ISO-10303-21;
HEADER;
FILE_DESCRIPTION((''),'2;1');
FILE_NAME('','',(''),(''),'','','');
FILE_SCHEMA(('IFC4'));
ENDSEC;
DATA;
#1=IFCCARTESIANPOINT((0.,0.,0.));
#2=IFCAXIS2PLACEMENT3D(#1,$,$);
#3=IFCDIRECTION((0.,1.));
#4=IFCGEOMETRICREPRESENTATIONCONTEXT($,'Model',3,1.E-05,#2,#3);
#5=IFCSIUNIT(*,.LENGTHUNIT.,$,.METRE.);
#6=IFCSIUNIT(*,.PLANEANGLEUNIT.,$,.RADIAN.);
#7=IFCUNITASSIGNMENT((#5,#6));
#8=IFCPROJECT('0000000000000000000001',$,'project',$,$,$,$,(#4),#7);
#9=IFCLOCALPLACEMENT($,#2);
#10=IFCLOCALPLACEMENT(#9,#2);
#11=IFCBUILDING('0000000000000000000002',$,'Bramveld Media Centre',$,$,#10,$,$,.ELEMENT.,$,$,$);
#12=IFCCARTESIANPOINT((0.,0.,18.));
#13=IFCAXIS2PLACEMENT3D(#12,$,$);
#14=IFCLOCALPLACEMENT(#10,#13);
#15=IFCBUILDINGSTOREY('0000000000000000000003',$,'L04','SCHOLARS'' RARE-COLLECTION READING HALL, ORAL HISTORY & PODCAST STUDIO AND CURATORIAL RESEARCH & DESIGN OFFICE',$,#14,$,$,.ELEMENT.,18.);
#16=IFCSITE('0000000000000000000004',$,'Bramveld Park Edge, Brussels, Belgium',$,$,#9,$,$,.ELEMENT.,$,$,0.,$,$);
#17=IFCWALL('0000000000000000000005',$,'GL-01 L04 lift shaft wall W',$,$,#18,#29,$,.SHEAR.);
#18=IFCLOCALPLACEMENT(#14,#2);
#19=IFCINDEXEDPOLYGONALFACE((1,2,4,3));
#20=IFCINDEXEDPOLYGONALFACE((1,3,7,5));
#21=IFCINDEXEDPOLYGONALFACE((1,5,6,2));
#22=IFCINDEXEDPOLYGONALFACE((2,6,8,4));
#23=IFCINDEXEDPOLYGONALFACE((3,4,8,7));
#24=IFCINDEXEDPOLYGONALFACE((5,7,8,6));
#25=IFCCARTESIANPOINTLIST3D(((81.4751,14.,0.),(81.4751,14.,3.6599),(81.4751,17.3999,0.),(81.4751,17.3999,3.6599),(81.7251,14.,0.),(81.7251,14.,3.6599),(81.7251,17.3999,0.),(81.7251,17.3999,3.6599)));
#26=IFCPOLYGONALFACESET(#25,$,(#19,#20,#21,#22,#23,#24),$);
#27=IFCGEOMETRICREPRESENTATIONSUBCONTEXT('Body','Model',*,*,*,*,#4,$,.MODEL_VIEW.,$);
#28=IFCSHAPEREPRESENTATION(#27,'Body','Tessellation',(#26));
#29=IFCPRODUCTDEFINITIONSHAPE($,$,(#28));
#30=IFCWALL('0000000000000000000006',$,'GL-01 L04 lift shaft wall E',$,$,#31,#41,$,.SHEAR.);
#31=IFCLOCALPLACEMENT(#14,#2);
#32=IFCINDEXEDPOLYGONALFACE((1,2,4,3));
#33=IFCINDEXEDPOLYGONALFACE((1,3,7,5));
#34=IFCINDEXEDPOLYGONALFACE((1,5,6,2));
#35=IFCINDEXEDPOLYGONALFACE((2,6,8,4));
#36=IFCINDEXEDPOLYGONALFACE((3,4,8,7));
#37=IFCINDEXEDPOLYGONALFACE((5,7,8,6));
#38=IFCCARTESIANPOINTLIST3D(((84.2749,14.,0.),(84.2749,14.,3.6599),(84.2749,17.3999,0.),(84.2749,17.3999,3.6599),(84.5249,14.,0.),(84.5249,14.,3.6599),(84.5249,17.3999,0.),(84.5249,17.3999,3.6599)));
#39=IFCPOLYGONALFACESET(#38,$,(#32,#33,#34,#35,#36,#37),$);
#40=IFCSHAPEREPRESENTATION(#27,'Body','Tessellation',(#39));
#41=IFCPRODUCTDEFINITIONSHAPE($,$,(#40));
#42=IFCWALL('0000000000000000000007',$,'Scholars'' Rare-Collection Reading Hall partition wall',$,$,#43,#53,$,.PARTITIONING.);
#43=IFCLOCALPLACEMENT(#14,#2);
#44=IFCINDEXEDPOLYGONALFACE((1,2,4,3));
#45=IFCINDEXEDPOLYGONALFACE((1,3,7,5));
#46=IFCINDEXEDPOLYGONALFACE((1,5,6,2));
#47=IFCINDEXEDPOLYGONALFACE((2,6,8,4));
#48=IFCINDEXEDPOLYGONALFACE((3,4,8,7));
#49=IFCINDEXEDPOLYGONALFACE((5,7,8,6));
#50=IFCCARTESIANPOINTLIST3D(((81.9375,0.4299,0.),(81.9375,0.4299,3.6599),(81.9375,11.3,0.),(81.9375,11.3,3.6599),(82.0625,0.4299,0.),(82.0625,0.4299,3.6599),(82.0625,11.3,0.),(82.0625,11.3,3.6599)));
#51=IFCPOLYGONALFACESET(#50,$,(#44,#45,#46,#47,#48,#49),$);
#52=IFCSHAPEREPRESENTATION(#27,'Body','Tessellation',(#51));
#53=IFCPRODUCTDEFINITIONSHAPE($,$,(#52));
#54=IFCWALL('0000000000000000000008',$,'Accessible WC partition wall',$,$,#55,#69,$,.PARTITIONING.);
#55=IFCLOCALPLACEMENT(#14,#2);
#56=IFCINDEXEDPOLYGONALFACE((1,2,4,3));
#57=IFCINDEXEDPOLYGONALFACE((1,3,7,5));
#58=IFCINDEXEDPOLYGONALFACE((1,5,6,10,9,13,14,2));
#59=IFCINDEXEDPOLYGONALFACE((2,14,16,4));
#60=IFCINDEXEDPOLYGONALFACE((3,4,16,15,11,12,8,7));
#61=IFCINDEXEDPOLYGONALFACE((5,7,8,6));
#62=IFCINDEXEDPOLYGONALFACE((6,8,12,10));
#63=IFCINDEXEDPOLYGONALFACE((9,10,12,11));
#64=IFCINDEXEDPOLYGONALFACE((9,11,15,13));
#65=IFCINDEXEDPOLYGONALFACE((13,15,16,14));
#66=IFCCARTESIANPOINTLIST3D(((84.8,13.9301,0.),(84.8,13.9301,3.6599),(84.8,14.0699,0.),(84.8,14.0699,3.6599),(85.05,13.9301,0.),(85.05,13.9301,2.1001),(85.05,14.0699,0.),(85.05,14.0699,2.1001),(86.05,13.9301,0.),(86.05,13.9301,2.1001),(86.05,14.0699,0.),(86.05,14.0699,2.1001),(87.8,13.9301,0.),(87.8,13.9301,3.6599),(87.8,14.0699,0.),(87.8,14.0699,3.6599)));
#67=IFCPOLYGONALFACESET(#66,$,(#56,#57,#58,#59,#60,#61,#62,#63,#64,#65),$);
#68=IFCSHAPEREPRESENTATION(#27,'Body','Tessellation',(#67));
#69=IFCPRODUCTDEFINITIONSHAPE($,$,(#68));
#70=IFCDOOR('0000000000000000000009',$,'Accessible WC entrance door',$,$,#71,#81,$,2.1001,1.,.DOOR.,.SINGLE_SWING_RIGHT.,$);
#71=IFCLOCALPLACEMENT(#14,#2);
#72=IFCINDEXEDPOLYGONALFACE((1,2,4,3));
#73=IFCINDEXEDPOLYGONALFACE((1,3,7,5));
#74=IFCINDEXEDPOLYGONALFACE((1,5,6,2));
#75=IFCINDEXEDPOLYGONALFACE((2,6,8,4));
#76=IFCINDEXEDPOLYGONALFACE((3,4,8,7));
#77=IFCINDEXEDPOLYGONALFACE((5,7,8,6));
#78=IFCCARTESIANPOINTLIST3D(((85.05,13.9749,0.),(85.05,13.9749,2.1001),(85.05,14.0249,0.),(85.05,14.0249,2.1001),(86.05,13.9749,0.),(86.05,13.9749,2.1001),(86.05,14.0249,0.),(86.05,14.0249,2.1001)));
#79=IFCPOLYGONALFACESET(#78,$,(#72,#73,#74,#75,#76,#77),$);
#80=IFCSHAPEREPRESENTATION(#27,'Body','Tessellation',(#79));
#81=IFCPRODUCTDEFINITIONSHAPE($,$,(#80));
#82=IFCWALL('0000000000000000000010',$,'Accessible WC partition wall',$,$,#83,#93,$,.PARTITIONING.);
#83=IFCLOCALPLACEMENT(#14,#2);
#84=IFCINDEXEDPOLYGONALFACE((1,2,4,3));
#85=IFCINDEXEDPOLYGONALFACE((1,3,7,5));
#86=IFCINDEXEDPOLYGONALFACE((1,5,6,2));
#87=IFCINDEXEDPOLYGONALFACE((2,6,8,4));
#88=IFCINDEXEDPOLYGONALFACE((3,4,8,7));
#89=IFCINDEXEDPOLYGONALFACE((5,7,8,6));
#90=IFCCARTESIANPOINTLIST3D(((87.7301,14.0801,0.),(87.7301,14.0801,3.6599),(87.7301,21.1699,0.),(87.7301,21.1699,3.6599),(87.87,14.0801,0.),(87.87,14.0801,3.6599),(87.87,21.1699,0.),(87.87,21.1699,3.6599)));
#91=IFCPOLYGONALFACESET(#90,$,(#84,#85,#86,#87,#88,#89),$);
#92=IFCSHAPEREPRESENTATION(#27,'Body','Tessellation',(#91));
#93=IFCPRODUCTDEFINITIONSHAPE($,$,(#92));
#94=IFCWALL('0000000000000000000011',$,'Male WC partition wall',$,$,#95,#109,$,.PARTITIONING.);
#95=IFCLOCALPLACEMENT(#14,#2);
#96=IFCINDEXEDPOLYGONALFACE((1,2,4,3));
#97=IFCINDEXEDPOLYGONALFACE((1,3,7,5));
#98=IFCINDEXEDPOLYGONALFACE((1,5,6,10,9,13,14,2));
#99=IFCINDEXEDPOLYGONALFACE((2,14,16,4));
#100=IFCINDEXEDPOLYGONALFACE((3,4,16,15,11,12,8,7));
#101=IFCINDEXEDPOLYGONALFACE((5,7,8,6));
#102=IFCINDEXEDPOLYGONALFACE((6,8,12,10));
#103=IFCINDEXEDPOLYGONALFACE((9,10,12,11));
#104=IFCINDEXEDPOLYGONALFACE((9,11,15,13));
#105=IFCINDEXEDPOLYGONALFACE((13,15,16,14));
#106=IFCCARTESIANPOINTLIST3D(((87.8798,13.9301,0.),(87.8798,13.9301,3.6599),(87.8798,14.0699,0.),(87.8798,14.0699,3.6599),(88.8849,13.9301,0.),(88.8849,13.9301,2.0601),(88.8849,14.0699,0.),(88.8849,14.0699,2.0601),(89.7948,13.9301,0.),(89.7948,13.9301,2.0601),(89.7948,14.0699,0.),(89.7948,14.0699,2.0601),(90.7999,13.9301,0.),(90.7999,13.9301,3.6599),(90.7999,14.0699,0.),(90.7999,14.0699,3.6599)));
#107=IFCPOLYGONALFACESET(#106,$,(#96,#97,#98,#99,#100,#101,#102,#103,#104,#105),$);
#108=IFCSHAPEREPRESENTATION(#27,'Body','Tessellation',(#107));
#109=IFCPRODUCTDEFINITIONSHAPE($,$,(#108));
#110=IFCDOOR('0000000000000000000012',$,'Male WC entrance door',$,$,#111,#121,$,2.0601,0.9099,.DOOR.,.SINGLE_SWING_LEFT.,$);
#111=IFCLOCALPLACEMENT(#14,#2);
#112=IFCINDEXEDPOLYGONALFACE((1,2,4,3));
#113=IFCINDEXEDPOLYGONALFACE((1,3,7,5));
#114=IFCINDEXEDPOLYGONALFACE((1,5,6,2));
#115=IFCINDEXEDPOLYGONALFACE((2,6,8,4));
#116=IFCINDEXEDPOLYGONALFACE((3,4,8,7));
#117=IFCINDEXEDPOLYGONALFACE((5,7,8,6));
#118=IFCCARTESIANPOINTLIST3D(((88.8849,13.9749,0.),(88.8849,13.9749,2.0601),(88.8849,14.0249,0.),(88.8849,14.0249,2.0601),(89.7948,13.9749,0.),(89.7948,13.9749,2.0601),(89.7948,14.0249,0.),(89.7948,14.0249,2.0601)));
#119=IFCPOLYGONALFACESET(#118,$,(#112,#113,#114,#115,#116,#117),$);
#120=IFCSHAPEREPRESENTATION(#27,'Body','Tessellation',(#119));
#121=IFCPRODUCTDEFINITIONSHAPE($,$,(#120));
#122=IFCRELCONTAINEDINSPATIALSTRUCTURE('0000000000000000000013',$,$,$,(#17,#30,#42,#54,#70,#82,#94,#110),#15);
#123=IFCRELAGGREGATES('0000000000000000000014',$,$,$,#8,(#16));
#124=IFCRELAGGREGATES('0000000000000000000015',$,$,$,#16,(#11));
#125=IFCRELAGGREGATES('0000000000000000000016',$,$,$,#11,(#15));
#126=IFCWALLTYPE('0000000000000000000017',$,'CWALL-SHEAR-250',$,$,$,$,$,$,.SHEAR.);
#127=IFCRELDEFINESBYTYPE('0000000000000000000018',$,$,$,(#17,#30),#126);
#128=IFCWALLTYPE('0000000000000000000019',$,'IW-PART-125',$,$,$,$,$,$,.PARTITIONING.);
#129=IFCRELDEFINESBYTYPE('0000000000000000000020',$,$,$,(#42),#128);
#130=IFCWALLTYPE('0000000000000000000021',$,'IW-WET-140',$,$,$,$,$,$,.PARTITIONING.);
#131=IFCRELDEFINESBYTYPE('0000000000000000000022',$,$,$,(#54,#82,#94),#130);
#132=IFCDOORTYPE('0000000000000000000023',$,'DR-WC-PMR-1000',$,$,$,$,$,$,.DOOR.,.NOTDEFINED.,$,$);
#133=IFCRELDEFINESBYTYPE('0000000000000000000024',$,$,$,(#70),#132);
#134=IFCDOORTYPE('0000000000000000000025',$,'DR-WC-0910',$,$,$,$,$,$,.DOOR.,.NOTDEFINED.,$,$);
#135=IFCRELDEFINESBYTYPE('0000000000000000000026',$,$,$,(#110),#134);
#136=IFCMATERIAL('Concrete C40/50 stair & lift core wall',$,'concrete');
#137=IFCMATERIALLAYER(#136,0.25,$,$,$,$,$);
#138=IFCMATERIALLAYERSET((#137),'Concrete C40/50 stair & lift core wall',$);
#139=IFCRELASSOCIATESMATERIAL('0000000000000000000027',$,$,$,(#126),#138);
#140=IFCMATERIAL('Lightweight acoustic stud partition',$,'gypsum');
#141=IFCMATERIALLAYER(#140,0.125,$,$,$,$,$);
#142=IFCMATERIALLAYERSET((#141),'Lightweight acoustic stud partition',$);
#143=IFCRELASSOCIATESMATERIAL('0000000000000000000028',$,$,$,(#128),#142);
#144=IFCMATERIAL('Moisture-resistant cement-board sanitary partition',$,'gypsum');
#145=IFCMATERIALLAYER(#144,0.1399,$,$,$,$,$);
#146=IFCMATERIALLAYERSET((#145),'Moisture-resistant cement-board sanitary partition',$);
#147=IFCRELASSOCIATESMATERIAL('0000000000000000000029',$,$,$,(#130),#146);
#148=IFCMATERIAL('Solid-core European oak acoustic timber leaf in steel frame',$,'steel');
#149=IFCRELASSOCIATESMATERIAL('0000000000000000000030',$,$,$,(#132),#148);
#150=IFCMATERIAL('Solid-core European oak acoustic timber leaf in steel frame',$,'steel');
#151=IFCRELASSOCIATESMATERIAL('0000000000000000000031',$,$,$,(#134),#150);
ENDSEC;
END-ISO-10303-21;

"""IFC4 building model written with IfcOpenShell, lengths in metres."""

from ifc_helpers import new_model, si_unit, direction, frame, frame_2d, origin, place, context, subcontext, project, spatial, rectangle, extrude, material, layer, layer_set, type_object, element, fill, save


model = new_model("IFC4")

# Units and contexts
model_context = context("Model", 3, precision=1e-05, world=origin(), true_north=direction((0.0, 1.0)))
body_context = subcontext(model_context, "Body", "Model", "MODEL_VIEW")
ifc_project = project(units=[si_unit("LENGTHUNIT", "METRE"), si_unit("PLANEANGLEUNIT", "RADIAN")], contexts=[model_context])

# Site, building, storey
site_placement = place(None, origin())
site = spatial("IfcSite", under=ifc_project, at=site_placement, Name="Bramveld Park Edge, Brussels, Belgium", CompositionType="ELEMENT", RefElevation=0.0)
building_placement = place(site_placement, origin())
building = spatial("IfcBuilding", under=site, at=building_placement, Name="Bramveld Media Centre", CompositionType="ELEMENT")
storey_placement = place(building_placement, frame((0.0, 0.0, 18.0)))
storey = spatial("IfcBuildingStorey", under=building, at=storey_placement, Name="L04", Description="SCHOLARS' RARE-COLLECTION READING HALL, ORAL HISTORY & PODCAST STUDIO AND CURATORIAL RESEARCH & DESIGN OFFICE", CompositionType="ELEMENT", Elevation=18.0)

# Shared definitions
ifc_material_1 = material(Name="Concrete C40/50 stair & lift core wall", Category="concrete")
ifc_layer_1 = layer(ifc_material_1, 0.25)
ifc_layer_set_1 = layer_set([ifc_layer_1], Name="Concrete C40/50 stair & lift core wall")
wall_type_1 = type_object("IfcWallType", Name="CWALL-SHEAR-250", PredefinedType="SHEAR", material=ifc_layer_set_1)

# Walls
for number, where, z_axis, x_axis, name in (
    (1, (81.6001, 17.3999, 0.0), (0.0, 0.0, 1.0), (0.0, -1.0, 0.0), "GL-01 L04 lift shaft wall W"),
    (2, (84.3999, 14.0, 0.0), (0.0, 0.0, 1.0), (0.0, 1.0, 0.0), "GL-01 L04 lift shaft wall E"),
):
    element("IfcWall", number, at=place(storey_placement, frame(where, z_axis=z_axis, x_axis=x_axis)), inside=storey, type_object=wall_type_1, Name=name, PredefinedType="SHEAR", context=body_context, shape_type="SweptSolid", body=[
        extrude(rectangle(XDim=3.3999, YDim=0.25, at=frame_2d((1.7, 0.0))), origin(), (0.0, 0.0, 1.0), 3.6599),
    ])
ifc_material_2 = material(Name="Lightweight acoustic stud partition", Category="gypsum")
ifc_layer_2 = layer(ifc_material_2, 0.125)
ifc_layer_set_2 = layer_set([ifc_layer_2], Name="Lightweight acoustic stud partition")
wall_type_2 = type_object("IfcWallType", Name="IW-PART-125", PredefinedType="PARTITIONING", material=ifc_layer_set_2)
wall_1_placement = place(storey_placement, frame((82.0, 0.4299, 0.0), z_axis=(0.0, 0.0, 1.0), x_axis=(0.0, 1.0, 0.0)))
element("IfcWall", 3, at=wall_1_placement, inside=storey, type_object=wall_type_2, Name="Scholars' Rare-Collection Reading Hall partition wall", PredefinedType="PARTITIONING", context=body_context, shape_type="SweptSolid", body=[
    extrude(rectangle(XDim=10.8701, YDim=0.125, at=frame_2d((5.4351, 0.0))), origin(), (0.0, 0.0, 1.0), 3.6599),
])

# Wall, opening, door
ifc_material_3 = material(Name="Moisture-resistant cement-board sanitary partition", Category="gypsum")
ifc_layer_3 = layer(ifc_material_3, 0.1399)
ifc_layer_set_3 = layer_set([ifc_layer_3], Name="Moisture-resistant cement-board sanitary partition")
wall_type_3 = type_object("IfcWallType", Name="IW-WET-140", PredefinedType="PARTITIONING", material=ifc_layer_set_3)
wall_2_placement = place(storey_placement, frame((84.8, 14.0, 0.0), z_axis=(0.0, 0.0, 1.0), x_axis=(1.0, 0.0, 0.0)))
wall_2 = element("IfcWall", 4, at=wall_2_placement, inside=storey, type_object=wall_type_3, Name="Accessible WC partition wall", PredefinedType="PARTITIONING", context=body_context, shape_type="SweptSolid", body=[
    extrude(rectangle(XDim=3.0, YDim=0.1399, at=frame_2d((1.5, 0.0))), origin(), (0.0, 0.0, 1.0), 3.6599),
])
opening_1_placement = place(wall_2_placement, frame((0.25, 0.0, 0.0)))
opening_1 = element("IfcOpeningElement", 5, at=opening_1_placement, cuts=wall_2, PredefinedType="OPENING", context=body_context, shape_type="SweptSolid", body=[
    extrude(rectangle(XDim=1.0, YDim=2.1001, at=frame_2d((0.5, 1.05))), frame((0.0, 0.082, 0.0), z_axis=(0.0, -1.0, 0.0), x_axis=(1.0, 0.0, 0.0)), (0.0, 0.0, 1.0), 0.1638),
])
ifc_material_4 = material(Name="Solid-core European oak acoustic timber leaf in steel frame", Category="steel")
door_type_1 = type_object("IfcDoorType", Name="DR-WC-PMR-1000", OperationType="NOTDEFINED", PredefinedType="DOOR", material=ifc_material_4)
door_1_placement = place(opening_1_placement, origin())
door_1 = element("IfcDoor", 6, at=door_1_placement, inside=storey, type_object=door_type_1, Name="Accessible WC entrance door", OperationType="SINGLE_SWING_RIGHT", OverallHeight=2.1001, OverallWidth=1.0, PredefinedType="DOOR", context=body_context, shape_type="SweptSolid", body=[
    extrude(rectangle(XDim=1.0, YDim=2.1001, at=frame_2d((0.5, 1.05))), frame((0.0, 0.0249, 0.0), z_axis=(0.0, -1.0, 0.0), x_axis=(1.0, 0.0, 0.0)), (0.0, 0.0, 1.0), 0.05),
])
fill(opening_1, door_1)

# Wall
wall_3_placement = place(storey_placement, frame((87.8, 14.0801, 0.0), z_axis=(0.0, 0.0, 1.0), x_axis=(0.0, 1.0, 0.0)))
element("IfcWall", 7, at=wall_3_placement, inside=storey, type_object=wall_type_3, Name="Accessible WC partition wall", PredefinedType="PARTITIONING", context=body_context, shape_type="SweptSolid", body=[
    extrude(rectangle(XDim=7.0898, YDim=0.1399, at=frame_2d((3.5449, 0.0))), origin(), (0.0, 0.0, 1.0), 3.6599),
])

# Wall, opening, door
wall_4_placement = place(storey_placement, frame((87.8799, 14.0, 0.0), z_axis=(0.0, 0.0, 1.0), x_axis=(1.0, 0.0, 0.0)))
wall_4 = element("IfcWall", 8, at=wall_4_placement, inside=storey, type_object=wall_type_3, Name="Male WC partition wall", PredefinedType="PARTITIONING", context=body_context, shape_type="SweptSolid", body=[
    extrude(rectangle(XDim=2.9202, YDim=0.1399, at=frame_2d((1.46, 0.0))), origin(), (0.0, 0.0, 1.0), 3.6599),
])
opening_2_placement = place(wall_4_placement, frame((1.0049, 0.0, 0.0)))
opening_2 = element("IfcOpeningElement", 9, at=opening_2_placement, cuts=wall_4, PredefinedType="OPENING", context=body_context, shape_type="SweptSolid", body=[
    extrude(rectangle(XDim=0.9099, YDim=2.0601, at=frame_2d((0.4551, 1.03))), frame((0.0, 0.082, 0.0), z_axis=(0.0, -1.0, 0.0), x_axis=(1.0, 0.0, 0.0)), (0.0, 0.0, 1.0), 0.1638),
])
ifc_material_5 = material(Name="Solid-core European oak acoustic timber leaf in steel frame", Category="steel")
door_type_2 = type_object("IfcDoorType", Name="DR-WC-0910", OperationType="NOTDEFINED", PredefinedType="DOOR", material=ifc_material_5)
door_2_placement = place(opening_2_placement, origin())
door_2 = element("IfcDoor", 10, at=door_2_placement, inside=storey, type_object=door_type_2, Name="Male WC entrance door", OperationType="SINGLE_SWING_LEFT", OverallHeight=2.0601, OverallWidth=0.9099, PredefinedType="DOOR", context=body_context, shape_type="SweptSolid", body=[
    extrude(rectangle(XDim=0.9099, YDim=2.0601, at=frame_2d((0.4551, 1.03))), frame((0.0, 0.0249, 0.0), z_axis=(0.0, -1.0, 0.0), x_axis=(1.0, 0.0, 0.0)), (0.0, 0.0, 1.0), 0.05),
])
fill(opening_2, door_2)

save(model, "model.ifc")
